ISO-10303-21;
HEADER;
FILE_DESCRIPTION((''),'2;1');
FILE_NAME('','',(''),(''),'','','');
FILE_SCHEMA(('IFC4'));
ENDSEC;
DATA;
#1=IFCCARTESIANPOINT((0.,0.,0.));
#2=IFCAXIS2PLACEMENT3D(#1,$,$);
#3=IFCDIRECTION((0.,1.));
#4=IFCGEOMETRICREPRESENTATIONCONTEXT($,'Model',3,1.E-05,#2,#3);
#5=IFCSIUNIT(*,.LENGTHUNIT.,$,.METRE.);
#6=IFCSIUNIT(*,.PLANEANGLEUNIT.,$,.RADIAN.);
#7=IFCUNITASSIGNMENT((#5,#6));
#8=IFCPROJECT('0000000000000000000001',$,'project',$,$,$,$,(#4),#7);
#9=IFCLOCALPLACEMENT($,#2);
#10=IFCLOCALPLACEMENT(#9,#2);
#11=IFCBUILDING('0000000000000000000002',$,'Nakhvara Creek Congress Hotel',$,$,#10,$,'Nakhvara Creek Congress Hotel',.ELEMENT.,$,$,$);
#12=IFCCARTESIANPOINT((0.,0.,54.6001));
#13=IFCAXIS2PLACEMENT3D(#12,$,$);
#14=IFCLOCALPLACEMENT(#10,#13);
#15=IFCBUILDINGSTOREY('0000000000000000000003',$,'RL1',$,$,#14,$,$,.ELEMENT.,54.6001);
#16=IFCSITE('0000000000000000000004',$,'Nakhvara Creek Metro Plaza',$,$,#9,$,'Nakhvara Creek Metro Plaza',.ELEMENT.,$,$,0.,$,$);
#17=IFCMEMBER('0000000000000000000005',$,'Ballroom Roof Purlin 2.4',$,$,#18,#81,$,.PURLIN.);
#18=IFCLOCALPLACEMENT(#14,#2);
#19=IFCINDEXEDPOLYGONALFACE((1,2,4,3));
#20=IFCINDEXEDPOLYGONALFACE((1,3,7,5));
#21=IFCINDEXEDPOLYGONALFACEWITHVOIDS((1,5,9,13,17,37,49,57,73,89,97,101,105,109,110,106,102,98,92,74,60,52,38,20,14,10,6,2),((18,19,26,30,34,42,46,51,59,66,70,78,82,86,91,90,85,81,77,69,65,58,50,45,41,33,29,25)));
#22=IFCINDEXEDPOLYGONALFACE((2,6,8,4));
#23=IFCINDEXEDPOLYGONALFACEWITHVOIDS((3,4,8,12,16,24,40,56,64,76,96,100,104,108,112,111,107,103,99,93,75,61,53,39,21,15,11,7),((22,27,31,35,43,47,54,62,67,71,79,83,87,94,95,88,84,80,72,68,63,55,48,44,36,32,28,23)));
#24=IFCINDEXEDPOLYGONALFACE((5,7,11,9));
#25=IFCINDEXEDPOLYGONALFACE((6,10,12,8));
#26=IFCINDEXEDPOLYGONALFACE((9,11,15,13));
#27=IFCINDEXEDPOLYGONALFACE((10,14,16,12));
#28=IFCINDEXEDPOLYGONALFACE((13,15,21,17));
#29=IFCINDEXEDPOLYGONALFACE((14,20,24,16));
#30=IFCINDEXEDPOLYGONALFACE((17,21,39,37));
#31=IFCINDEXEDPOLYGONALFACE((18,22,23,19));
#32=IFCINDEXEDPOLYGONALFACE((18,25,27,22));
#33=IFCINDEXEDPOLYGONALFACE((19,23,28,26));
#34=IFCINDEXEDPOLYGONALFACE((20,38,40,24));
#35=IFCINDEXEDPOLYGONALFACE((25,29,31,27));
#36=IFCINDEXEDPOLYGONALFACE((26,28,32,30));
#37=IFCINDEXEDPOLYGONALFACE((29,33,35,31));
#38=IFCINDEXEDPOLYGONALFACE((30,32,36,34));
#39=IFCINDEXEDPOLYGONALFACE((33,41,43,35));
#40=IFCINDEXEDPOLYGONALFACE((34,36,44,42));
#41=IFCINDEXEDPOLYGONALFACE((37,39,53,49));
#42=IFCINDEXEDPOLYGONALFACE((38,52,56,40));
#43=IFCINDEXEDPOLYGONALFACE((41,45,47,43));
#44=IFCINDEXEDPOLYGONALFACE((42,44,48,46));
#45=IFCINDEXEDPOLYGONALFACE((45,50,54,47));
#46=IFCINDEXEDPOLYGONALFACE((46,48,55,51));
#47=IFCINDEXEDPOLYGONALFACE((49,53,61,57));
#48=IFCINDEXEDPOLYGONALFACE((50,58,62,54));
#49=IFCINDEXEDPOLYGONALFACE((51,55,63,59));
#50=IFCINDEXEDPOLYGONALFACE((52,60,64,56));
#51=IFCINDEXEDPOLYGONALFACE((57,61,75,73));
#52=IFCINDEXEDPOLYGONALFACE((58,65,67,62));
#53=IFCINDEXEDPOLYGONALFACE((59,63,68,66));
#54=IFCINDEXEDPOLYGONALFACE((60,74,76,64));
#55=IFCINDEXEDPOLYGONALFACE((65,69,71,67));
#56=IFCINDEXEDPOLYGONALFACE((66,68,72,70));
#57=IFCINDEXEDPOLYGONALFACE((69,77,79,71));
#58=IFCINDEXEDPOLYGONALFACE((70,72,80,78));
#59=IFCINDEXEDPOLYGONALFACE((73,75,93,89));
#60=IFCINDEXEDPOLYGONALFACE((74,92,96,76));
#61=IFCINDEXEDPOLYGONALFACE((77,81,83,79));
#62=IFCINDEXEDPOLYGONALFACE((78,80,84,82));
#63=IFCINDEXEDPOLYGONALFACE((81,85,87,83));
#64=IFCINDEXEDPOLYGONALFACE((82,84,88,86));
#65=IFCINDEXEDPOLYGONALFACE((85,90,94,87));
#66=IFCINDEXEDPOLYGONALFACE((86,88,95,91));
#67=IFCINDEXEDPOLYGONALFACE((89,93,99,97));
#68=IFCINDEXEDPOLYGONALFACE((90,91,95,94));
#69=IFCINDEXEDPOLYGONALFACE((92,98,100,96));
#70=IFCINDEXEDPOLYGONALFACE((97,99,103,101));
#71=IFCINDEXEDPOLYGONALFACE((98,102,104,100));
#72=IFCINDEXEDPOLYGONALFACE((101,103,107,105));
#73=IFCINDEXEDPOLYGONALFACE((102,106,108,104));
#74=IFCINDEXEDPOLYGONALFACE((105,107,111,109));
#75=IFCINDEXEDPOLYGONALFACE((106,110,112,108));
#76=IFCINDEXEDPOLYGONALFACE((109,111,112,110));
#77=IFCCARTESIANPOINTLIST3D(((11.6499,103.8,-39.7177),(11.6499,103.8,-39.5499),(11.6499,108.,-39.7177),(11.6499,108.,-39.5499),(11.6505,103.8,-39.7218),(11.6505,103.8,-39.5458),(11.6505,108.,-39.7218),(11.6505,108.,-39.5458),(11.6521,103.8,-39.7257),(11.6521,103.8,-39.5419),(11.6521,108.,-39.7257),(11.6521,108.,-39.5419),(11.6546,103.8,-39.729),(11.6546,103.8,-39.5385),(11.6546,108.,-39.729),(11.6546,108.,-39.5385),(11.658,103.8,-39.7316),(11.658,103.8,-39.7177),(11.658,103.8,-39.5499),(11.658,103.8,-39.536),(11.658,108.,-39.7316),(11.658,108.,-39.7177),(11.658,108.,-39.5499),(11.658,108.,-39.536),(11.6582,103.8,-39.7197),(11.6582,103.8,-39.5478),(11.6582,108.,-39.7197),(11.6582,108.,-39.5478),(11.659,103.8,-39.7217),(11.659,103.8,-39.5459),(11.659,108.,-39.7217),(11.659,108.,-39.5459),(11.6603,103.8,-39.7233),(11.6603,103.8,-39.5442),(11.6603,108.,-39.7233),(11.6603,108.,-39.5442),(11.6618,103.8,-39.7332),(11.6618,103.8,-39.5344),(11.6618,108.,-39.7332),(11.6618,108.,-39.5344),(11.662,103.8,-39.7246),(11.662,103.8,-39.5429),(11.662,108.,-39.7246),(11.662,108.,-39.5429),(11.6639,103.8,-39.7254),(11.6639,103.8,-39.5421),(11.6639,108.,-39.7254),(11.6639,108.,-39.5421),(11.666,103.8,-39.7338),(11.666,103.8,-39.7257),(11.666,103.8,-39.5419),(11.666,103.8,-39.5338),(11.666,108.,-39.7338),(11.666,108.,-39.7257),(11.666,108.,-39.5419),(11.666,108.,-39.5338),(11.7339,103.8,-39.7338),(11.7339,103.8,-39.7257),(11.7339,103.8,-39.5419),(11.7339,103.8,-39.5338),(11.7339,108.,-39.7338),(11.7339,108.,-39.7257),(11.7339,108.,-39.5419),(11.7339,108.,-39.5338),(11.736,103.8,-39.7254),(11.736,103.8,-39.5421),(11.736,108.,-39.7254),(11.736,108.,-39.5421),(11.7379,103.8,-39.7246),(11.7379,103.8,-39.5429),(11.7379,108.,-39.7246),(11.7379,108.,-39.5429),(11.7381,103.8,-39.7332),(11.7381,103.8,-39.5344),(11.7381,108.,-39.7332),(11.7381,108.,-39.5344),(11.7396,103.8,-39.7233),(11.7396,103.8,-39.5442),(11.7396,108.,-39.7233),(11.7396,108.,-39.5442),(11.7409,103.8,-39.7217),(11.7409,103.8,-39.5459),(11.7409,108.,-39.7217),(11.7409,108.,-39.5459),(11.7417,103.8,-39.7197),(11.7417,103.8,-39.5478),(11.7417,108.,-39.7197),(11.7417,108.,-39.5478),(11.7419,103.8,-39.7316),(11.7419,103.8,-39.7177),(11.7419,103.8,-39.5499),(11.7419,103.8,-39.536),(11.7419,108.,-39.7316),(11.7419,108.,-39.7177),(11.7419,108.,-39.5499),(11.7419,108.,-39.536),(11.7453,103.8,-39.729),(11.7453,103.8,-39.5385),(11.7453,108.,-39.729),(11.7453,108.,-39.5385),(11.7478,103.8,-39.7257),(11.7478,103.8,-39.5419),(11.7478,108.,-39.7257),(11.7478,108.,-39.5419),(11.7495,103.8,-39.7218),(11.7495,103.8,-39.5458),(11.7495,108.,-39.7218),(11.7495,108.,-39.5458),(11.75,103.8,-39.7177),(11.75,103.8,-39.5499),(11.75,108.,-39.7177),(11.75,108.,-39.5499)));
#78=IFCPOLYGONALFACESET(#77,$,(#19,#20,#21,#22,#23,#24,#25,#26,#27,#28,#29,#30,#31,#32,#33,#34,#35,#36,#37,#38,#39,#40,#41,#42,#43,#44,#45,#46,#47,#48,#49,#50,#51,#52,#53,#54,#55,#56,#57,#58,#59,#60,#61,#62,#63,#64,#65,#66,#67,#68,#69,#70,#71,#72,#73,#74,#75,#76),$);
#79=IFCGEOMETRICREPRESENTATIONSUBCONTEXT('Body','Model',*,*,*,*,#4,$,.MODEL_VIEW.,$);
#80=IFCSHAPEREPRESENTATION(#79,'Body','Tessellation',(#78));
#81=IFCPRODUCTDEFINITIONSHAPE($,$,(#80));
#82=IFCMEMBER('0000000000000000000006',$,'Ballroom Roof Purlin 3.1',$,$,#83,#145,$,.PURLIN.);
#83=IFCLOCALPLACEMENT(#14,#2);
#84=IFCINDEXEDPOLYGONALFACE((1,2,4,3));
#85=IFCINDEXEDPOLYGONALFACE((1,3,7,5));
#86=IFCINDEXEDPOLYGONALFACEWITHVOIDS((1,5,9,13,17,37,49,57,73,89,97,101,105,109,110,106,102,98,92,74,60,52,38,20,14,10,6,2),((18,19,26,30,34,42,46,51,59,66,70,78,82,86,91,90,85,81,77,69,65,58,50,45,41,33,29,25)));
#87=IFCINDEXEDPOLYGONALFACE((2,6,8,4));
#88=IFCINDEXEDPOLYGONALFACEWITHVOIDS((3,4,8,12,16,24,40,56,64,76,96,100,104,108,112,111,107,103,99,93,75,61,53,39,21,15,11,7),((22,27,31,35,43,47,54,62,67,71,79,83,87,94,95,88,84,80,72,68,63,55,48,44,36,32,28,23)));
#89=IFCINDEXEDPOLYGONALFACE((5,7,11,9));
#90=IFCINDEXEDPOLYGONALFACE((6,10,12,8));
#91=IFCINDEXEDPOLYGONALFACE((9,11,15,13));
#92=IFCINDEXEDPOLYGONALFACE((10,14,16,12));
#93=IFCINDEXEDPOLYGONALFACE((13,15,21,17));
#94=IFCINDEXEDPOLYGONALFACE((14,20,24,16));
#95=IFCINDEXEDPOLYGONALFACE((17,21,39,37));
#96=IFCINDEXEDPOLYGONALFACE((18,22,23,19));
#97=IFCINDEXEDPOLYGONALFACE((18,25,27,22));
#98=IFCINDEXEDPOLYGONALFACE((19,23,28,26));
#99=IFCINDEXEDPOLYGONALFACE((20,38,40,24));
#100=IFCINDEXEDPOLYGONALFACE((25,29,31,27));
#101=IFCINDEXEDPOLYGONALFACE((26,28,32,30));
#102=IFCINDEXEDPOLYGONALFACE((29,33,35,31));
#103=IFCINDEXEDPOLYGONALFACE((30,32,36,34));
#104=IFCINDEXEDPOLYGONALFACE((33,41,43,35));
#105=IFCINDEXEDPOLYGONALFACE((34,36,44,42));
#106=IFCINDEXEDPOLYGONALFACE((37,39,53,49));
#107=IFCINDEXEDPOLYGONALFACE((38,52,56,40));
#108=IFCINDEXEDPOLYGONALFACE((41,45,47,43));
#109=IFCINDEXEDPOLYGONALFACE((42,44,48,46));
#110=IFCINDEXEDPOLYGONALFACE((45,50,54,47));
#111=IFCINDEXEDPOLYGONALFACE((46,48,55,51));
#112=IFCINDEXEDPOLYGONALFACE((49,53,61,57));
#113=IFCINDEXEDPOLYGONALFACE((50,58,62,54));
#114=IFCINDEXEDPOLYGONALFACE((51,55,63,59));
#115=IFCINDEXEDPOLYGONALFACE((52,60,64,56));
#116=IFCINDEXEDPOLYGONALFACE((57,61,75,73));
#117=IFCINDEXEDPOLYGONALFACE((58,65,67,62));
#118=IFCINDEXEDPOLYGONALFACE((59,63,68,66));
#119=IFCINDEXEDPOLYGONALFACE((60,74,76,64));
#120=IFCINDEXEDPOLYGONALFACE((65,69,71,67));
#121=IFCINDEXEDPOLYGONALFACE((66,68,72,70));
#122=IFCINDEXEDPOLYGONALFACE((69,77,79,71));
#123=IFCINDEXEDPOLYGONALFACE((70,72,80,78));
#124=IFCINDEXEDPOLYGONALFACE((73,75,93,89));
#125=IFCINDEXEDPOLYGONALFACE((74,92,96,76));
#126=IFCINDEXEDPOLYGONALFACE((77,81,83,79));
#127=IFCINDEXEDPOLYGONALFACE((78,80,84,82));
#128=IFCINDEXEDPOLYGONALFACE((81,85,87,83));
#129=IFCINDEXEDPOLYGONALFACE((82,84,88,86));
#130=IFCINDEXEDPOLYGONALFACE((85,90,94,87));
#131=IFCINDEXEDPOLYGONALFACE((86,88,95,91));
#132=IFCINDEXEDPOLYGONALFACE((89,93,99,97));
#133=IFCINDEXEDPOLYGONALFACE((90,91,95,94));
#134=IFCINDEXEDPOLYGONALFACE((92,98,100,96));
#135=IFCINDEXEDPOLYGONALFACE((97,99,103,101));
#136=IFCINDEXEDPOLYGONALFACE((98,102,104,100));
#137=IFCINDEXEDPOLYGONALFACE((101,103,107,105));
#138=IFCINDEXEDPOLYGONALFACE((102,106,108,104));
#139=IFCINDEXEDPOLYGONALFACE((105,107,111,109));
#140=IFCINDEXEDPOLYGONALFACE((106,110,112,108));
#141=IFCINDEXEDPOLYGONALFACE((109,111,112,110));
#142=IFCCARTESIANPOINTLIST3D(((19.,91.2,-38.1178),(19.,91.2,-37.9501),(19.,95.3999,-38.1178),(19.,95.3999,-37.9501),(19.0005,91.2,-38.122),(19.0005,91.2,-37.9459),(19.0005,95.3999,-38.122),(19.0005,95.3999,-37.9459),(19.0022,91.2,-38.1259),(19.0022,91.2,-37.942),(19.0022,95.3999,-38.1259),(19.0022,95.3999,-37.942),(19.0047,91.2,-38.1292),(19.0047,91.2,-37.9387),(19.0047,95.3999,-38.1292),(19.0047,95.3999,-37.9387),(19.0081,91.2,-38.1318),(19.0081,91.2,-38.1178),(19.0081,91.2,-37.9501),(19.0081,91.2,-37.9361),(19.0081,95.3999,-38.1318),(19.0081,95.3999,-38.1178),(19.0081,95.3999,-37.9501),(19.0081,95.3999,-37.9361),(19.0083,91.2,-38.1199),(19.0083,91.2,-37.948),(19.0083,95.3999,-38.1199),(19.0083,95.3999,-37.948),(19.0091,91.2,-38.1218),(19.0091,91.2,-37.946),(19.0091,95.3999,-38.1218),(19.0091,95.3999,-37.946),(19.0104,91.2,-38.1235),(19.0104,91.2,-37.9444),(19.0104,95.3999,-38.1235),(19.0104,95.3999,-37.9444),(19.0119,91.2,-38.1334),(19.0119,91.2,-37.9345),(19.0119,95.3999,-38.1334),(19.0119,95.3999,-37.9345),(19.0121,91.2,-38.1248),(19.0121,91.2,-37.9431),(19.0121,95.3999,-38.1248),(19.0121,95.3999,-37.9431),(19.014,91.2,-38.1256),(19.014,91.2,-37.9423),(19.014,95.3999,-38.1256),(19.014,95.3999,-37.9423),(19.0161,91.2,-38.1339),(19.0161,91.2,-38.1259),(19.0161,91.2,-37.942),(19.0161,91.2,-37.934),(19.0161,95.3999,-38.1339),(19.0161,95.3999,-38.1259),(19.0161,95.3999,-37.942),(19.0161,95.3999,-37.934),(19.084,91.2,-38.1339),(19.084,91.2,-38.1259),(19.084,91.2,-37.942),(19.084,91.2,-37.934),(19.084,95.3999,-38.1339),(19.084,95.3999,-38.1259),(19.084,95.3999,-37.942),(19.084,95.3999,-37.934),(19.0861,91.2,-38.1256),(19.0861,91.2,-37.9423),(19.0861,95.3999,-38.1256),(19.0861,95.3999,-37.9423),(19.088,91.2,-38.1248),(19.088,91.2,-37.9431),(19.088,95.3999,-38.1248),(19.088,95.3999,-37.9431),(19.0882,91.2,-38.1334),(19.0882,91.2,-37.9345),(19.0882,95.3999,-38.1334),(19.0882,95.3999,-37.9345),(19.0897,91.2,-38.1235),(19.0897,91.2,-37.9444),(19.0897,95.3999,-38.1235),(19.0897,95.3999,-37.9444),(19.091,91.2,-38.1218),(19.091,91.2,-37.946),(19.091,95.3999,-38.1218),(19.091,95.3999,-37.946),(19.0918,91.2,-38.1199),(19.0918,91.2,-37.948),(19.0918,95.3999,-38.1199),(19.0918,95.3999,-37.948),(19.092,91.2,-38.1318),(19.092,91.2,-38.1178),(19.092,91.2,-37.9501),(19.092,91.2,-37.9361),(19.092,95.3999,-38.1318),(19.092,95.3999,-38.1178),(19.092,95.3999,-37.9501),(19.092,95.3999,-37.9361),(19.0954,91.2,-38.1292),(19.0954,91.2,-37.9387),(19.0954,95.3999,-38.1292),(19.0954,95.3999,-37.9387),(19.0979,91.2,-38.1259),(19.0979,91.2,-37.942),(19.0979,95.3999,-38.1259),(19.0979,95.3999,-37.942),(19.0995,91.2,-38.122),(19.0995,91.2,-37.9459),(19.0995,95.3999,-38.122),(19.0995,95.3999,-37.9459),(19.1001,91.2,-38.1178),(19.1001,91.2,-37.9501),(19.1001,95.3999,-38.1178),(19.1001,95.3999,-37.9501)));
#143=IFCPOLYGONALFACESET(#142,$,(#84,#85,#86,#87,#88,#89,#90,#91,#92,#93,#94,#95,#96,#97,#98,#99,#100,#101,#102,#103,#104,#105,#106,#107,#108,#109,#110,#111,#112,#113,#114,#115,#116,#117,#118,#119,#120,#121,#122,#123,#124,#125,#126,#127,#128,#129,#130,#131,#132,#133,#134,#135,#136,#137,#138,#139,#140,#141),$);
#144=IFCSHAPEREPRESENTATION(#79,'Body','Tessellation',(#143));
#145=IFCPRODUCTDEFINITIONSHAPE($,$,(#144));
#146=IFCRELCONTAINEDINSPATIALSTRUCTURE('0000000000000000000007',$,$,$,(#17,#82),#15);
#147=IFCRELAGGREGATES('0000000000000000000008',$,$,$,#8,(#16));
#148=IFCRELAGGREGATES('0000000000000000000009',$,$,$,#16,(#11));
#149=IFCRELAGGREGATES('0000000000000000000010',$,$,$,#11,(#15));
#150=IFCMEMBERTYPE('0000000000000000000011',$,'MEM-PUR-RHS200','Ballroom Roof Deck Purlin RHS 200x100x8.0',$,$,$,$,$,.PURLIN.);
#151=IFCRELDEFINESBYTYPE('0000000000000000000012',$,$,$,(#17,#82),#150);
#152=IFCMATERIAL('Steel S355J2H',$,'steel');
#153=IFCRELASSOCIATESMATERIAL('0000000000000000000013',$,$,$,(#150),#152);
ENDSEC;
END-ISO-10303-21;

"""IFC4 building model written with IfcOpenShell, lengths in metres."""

from ifc_helpers import new_model, si_unit, direction, frame, origin, origin_2d, place, context, subcontext, project, spatial, hollow_rectangle, extrude, material, material_profile, profile_set, type_object, element, save


model = new_model("IFC4")

# Units and contexts
model_context = context("Model", 3, precision=1e-05, world=origin(), true_north=direction((0.0, 1.0)))
body_context = subcontext(model_context, "Body", "Model", "MODEL_VIEW")
ifc_project = project(units=[si_unit("LENGTHUNIT", "METRE"), si_unit("PLANEANGLEUNIT", "RADIAN")], contexts=[model_context])

# Site, building, storey
site_placement = place(None, origin())
site = spatial("IfcSite", under=ifc_project, at=site_placement, Name="Nakhvara Creek Metro Plaza", LongName="Nakhvara Creek Metro Plaza", CompositionType="ELEMENT", RefElevation=0.0)
building_placement = place(site_placement, origin())
building = spatial("IfcBuilding", under=site, at=building_placement, Name="Nakhvara Creek Congress Hotel", LongName="Nakhvara Creek Congress Hotel", CompositionType="ELEMENT")
storey_placement = place(building_placement, frame((0.0, 0.0, 54.6001)))
storey = spatial("IfcBuildingStorey", under=building, at=storey_placement, Name="RL1", CompositionType="ELEMENT", Elevation=54.6001)

# Members
ifc_material_1 = material(Name="Steel S355J2H", Category="steel")
ifc_material_profile_1 = material_profile(ifc_material_1, hollow_rectangle(XDim=0.1001, YDim=0.2, WallThickness=0.0081, InnerFilletRadius=0.0081, OuterFilletRadius=0.0161, at=origin_2d()), Name="RHS 200x100x8.0", Category="LoadBearing")
ifc_profile_set_1 = profile_set([ifc_material_profile_1], Name="Steel S355J2H")
member_type_1 = type_object("IfcMemberType", Name="MEM-PUR-RHS200", Description="Ballroom Roof Deck Purlin RHS 200x100x8.0", PredefinedType="PURLIN", material=ifc_profile_set_1)
for number, where, z_axis, x_axis, name in (
    (1, (11.7, 103.8, -39.6338), (0.0, 1.0, 0.0), (-1.0, 0.0, 0.0), "Ballroom Roof Purlin 2.4"),
    (2, (19.05, 91.2, -38.0339), (0.0, 1.0, 0.0), (-1.0, 0.0, 0.0), "Ballroom Roof Purlin 3.1"),
):
    element("IfcMember", number, at=place(storey_placement, frame(where, z_axis=z_axis, x_axis=x_axis)), inside=storey, type_object=member_type_1, Name=name, PredefinedType="PURLIN", context=body_context, shape_type="SweptSolid", body=[
        extrude(hollow_rectangle(XDim=0.1001, YDim=0.2, WallThickness=0.0081, InnerFilletRadius=0.0081, OuterFilletRadius=0.0161, at=origin_2d()), origin(), (0.0, 0.0, 1.0), 4.2),
    ])

save(model, "model.ifc")
